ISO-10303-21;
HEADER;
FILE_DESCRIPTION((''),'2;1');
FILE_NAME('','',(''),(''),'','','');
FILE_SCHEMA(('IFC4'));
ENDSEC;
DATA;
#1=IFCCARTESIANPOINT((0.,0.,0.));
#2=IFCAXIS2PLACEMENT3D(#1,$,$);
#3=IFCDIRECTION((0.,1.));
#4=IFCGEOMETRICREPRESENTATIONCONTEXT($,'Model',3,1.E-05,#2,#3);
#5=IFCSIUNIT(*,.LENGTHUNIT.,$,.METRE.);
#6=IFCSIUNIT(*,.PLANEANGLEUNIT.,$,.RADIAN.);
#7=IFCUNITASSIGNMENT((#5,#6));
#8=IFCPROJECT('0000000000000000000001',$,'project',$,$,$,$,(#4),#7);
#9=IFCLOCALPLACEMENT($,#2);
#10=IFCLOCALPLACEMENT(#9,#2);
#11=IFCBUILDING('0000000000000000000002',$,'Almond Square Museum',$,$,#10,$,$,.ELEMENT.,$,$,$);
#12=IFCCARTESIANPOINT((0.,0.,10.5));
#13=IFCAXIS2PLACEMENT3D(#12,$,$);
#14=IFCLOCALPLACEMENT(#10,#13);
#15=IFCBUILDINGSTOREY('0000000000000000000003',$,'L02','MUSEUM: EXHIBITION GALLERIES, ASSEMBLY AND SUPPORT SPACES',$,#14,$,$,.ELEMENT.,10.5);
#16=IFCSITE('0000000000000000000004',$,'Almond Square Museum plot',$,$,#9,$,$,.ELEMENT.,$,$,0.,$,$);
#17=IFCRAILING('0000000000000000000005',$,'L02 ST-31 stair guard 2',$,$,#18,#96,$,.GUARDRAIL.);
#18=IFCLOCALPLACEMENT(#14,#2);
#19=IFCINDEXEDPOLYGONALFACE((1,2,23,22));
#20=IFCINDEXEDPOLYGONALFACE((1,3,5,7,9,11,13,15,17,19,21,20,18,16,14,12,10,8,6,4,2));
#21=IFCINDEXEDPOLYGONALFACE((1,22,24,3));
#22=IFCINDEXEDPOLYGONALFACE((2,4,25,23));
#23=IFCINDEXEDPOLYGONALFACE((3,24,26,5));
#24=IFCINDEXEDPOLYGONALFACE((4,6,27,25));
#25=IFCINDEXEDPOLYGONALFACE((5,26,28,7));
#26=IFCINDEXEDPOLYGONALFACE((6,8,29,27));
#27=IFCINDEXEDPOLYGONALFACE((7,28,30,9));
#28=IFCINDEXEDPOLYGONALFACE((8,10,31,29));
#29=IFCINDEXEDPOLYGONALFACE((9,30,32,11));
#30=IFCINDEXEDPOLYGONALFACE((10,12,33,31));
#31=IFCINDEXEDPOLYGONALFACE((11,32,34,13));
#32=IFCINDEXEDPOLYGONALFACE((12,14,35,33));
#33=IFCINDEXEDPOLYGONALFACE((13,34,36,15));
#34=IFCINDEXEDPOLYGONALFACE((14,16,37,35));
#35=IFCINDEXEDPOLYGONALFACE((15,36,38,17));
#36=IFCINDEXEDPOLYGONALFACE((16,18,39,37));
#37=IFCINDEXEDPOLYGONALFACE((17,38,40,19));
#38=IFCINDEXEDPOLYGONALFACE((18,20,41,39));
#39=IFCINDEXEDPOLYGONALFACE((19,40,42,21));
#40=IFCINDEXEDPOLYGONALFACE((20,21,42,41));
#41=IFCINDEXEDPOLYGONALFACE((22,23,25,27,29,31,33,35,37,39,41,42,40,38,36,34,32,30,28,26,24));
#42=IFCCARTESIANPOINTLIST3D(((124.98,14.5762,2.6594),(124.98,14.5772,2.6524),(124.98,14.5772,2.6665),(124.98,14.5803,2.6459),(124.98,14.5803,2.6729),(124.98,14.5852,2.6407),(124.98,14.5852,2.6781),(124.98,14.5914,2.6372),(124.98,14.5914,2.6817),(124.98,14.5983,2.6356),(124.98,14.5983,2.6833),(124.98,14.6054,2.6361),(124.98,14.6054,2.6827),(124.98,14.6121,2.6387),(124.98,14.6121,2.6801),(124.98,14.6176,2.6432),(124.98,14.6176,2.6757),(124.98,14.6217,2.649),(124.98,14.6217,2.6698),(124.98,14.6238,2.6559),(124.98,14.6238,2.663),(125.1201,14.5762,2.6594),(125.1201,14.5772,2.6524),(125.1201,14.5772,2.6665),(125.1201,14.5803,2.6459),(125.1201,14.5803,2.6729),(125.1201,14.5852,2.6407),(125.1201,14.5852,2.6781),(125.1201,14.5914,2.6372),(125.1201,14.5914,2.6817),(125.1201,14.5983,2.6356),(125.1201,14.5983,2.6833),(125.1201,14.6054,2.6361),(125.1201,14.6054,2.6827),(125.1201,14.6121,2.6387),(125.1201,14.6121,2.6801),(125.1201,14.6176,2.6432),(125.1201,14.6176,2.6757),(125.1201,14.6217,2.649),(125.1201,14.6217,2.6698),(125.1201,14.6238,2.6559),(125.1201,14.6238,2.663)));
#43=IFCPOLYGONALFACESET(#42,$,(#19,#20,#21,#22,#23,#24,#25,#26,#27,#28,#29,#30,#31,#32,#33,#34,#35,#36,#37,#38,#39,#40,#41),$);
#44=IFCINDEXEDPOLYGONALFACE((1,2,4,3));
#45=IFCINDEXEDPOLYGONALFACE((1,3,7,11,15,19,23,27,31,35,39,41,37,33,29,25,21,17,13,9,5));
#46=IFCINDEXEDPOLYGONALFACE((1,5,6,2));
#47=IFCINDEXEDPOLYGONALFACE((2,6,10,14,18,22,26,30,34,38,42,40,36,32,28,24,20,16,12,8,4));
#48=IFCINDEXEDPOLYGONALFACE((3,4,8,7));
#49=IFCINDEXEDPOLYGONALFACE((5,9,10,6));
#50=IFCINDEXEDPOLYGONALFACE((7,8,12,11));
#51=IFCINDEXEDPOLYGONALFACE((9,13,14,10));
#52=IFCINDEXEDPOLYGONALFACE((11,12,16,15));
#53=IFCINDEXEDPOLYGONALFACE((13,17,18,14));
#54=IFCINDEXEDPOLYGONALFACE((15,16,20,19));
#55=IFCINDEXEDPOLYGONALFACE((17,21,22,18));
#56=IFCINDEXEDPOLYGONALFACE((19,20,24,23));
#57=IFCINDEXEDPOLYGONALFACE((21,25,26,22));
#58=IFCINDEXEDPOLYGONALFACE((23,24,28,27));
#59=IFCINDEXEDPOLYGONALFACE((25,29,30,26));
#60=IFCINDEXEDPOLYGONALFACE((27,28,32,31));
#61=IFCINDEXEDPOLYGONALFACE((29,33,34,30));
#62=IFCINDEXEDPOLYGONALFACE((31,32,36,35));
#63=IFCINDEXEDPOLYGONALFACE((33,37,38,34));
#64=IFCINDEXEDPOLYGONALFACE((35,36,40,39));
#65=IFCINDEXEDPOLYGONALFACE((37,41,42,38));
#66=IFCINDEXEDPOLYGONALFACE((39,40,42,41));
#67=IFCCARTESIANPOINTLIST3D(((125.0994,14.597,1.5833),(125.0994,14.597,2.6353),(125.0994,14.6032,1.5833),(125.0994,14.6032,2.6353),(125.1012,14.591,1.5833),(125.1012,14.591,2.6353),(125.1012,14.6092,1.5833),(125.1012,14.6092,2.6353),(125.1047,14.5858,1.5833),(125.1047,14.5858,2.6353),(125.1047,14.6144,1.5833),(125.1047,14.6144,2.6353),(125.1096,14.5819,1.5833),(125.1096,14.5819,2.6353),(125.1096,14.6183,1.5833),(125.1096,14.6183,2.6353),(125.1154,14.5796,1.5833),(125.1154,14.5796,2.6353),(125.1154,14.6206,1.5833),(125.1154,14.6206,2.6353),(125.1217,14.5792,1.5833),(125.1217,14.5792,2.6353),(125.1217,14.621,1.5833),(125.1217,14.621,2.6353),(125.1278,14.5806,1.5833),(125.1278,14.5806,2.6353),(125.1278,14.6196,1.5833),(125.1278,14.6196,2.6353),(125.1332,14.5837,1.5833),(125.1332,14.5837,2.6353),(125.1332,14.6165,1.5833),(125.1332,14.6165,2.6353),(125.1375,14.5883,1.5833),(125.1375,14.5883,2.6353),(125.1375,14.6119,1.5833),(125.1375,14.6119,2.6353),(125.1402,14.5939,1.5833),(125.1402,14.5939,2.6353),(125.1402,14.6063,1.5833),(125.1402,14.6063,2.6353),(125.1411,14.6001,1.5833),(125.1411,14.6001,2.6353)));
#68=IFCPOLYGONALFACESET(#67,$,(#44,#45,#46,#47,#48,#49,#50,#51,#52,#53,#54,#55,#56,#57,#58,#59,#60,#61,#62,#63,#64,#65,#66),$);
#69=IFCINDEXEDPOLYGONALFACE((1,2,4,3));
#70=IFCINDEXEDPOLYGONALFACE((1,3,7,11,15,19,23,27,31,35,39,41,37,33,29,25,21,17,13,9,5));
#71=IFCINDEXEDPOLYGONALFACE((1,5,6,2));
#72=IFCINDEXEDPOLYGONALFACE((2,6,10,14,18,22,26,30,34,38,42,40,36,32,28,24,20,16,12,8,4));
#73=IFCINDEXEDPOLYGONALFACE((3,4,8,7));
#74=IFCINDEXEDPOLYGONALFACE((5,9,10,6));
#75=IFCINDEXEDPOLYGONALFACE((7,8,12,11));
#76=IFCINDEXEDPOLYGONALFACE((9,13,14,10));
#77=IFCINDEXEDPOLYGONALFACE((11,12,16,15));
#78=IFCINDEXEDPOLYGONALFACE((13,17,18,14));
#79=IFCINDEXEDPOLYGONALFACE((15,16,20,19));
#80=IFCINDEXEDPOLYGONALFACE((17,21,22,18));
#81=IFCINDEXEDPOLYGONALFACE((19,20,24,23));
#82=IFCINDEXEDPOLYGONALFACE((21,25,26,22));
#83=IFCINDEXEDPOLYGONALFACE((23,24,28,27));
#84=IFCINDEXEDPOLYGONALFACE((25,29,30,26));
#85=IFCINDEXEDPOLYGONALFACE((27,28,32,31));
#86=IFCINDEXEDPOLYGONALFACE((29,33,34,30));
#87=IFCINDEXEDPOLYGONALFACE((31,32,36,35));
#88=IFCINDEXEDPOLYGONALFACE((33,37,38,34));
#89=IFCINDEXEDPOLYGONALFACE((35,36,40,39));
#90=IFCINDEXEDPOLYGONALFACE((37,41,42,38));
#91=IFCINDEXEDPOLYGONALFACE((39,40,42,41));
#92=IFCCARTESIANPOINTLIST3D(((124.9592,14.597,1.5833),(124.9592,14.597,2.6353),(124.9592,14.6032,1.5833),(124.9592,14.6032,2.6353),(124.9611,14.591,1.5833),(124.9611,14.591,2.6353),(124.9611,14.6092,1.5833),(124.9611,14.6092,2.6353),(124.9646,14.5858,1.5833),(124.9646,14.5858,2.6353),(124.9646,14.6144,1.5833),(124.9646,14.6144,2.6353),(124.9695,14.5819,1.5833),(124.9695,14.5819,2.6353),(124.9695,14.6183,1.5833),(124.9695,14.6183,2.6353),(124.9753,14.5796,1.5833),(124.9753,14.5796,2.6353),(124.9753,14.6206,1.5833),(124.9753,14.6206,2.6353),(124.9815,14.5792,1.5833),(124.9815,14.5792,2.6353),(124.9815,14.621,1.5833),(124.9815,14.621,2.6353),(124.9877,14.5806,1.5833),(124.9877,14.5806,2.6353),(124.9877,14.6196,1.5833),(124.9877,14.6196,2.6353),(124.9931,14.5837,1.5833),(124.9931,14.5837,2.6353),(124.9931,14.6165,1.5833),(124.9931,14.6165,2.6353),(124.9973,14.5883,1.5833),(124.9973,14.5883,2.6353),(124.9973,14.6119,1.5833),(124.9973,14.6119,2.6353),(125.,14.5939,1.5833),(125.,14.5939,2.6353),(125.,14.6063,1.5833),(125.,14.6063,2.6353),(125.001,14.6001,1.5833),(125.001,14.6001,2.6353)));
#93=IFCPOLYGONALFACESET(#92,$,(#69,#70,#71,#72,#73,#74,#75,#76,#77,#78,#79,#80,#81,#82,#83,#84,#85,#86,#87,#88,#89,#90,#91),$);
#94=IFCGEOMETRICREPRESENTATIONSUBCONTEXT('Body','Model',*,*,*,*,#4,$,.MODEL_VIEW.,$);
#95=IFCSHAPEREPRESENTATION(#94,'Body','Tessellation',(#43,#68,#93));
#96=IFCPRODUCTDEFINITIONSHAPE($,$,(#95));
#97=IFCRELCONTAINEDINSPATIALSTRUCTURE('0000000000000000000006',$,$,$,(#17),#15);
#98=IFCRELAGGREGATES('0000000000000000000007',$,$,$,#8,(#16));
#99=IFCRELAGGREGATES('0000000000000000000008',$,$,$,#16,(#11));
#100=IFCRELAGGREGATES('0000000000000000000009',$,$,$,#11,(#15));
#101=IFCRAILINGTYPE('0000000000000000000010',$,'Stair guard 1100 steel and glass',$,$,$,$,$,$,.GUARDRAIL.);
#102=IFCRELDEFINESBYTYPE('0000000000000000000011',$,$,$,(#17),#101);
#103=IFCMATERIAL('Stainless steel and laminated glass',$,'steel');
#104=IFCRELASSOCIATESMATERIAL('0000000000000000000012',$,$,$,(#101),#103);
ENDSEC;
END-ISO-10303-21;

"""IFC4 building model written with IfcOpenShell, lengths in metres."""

from ifc_helpers import new_model, si_unit, direction, frame, origin, origin_2d, place, context, subcontext, project, spatial, circle, extrude, material, type_object, element, save


model = new_model("IFC4")

# Units and contexts
model_context = context("Model", 3, precision=1e-05, world=origin(), true_north=direction((0.0, 1.0)))
body_context = subcontext(model_context, "Body", "Model", "MODEL_VIEW")
ifc_project = project(units=[si_unit("LENGTHUNIT", "METRE"), si_unit("PLANEANGLEUNIT", "RADIAN")], contexts=[model_context])

# Site, building, storey
site_placement = place(None, origin())
site = spatial("IfcSite", under=ifc_project, at=site_placement, Name="Almond Square Museum plot", CompositionType="ELEMENT", RefElevation=0.0)
building_placement = place(site_placement, origin())
building = spatial("IfcBuilding", under=site, at=building_placement, Name="Almond Square Museum", CompositionType="ELEMENT")
storey_placement = place(building_placement, frame((0.0, 0.0, 10.5)))
storey = spatial("IfcBuildingStorey", under=building, at=storey_placement, Name="L02", Description="MUSEUM: EXHIBITION GALLERIES, ASSEMBLY AND SUPPORT SPACES", CompositionType="ELEMENT", Elevation=10.5)

# Railing
ifc_material_1 = material(Name="Stainless steel and laminated glass", Category="steel")
railing_type_1 = type_object("IfcRailingType", Name="Stair guard 1100 steel and glass", PredefinedType="GUARDRAIL", material=ifc_material_1)
railing_1_placement = place(storey_placement, frame((125.1201, 14.6001, 1.5833)))
element("IfcRailing", 1, at=railing_1_placement, inside=storey, type_object=railing_type_1, Name="L02 ST-31 stair guard 2", PredefinedType="GUARDRAIL", context=body_context, shape_type="SweptSolid", body=[
    extrude(circle(Radius=0.0239, at=origin_2d()), frame((0.0, 0.0, 1.0762), z_axis=(-1.0, 0.0, 0.0), x_axis=(0.0, -1.0, 0.0)), (0.0, 0.0, 1.0), 0.1401),
    extrude(circle(Radius=0.021, at=origin_2d()), origin(), (0.0, 0.0, 1.0), 1.052),
    extrude(circle(Radius=0.021, at=origin_2d()), frame((-0.1401, 0.0, 0.0)), (0.0, 0.0, 1.0), 1.052),
])

save(model, "model.ifc")
